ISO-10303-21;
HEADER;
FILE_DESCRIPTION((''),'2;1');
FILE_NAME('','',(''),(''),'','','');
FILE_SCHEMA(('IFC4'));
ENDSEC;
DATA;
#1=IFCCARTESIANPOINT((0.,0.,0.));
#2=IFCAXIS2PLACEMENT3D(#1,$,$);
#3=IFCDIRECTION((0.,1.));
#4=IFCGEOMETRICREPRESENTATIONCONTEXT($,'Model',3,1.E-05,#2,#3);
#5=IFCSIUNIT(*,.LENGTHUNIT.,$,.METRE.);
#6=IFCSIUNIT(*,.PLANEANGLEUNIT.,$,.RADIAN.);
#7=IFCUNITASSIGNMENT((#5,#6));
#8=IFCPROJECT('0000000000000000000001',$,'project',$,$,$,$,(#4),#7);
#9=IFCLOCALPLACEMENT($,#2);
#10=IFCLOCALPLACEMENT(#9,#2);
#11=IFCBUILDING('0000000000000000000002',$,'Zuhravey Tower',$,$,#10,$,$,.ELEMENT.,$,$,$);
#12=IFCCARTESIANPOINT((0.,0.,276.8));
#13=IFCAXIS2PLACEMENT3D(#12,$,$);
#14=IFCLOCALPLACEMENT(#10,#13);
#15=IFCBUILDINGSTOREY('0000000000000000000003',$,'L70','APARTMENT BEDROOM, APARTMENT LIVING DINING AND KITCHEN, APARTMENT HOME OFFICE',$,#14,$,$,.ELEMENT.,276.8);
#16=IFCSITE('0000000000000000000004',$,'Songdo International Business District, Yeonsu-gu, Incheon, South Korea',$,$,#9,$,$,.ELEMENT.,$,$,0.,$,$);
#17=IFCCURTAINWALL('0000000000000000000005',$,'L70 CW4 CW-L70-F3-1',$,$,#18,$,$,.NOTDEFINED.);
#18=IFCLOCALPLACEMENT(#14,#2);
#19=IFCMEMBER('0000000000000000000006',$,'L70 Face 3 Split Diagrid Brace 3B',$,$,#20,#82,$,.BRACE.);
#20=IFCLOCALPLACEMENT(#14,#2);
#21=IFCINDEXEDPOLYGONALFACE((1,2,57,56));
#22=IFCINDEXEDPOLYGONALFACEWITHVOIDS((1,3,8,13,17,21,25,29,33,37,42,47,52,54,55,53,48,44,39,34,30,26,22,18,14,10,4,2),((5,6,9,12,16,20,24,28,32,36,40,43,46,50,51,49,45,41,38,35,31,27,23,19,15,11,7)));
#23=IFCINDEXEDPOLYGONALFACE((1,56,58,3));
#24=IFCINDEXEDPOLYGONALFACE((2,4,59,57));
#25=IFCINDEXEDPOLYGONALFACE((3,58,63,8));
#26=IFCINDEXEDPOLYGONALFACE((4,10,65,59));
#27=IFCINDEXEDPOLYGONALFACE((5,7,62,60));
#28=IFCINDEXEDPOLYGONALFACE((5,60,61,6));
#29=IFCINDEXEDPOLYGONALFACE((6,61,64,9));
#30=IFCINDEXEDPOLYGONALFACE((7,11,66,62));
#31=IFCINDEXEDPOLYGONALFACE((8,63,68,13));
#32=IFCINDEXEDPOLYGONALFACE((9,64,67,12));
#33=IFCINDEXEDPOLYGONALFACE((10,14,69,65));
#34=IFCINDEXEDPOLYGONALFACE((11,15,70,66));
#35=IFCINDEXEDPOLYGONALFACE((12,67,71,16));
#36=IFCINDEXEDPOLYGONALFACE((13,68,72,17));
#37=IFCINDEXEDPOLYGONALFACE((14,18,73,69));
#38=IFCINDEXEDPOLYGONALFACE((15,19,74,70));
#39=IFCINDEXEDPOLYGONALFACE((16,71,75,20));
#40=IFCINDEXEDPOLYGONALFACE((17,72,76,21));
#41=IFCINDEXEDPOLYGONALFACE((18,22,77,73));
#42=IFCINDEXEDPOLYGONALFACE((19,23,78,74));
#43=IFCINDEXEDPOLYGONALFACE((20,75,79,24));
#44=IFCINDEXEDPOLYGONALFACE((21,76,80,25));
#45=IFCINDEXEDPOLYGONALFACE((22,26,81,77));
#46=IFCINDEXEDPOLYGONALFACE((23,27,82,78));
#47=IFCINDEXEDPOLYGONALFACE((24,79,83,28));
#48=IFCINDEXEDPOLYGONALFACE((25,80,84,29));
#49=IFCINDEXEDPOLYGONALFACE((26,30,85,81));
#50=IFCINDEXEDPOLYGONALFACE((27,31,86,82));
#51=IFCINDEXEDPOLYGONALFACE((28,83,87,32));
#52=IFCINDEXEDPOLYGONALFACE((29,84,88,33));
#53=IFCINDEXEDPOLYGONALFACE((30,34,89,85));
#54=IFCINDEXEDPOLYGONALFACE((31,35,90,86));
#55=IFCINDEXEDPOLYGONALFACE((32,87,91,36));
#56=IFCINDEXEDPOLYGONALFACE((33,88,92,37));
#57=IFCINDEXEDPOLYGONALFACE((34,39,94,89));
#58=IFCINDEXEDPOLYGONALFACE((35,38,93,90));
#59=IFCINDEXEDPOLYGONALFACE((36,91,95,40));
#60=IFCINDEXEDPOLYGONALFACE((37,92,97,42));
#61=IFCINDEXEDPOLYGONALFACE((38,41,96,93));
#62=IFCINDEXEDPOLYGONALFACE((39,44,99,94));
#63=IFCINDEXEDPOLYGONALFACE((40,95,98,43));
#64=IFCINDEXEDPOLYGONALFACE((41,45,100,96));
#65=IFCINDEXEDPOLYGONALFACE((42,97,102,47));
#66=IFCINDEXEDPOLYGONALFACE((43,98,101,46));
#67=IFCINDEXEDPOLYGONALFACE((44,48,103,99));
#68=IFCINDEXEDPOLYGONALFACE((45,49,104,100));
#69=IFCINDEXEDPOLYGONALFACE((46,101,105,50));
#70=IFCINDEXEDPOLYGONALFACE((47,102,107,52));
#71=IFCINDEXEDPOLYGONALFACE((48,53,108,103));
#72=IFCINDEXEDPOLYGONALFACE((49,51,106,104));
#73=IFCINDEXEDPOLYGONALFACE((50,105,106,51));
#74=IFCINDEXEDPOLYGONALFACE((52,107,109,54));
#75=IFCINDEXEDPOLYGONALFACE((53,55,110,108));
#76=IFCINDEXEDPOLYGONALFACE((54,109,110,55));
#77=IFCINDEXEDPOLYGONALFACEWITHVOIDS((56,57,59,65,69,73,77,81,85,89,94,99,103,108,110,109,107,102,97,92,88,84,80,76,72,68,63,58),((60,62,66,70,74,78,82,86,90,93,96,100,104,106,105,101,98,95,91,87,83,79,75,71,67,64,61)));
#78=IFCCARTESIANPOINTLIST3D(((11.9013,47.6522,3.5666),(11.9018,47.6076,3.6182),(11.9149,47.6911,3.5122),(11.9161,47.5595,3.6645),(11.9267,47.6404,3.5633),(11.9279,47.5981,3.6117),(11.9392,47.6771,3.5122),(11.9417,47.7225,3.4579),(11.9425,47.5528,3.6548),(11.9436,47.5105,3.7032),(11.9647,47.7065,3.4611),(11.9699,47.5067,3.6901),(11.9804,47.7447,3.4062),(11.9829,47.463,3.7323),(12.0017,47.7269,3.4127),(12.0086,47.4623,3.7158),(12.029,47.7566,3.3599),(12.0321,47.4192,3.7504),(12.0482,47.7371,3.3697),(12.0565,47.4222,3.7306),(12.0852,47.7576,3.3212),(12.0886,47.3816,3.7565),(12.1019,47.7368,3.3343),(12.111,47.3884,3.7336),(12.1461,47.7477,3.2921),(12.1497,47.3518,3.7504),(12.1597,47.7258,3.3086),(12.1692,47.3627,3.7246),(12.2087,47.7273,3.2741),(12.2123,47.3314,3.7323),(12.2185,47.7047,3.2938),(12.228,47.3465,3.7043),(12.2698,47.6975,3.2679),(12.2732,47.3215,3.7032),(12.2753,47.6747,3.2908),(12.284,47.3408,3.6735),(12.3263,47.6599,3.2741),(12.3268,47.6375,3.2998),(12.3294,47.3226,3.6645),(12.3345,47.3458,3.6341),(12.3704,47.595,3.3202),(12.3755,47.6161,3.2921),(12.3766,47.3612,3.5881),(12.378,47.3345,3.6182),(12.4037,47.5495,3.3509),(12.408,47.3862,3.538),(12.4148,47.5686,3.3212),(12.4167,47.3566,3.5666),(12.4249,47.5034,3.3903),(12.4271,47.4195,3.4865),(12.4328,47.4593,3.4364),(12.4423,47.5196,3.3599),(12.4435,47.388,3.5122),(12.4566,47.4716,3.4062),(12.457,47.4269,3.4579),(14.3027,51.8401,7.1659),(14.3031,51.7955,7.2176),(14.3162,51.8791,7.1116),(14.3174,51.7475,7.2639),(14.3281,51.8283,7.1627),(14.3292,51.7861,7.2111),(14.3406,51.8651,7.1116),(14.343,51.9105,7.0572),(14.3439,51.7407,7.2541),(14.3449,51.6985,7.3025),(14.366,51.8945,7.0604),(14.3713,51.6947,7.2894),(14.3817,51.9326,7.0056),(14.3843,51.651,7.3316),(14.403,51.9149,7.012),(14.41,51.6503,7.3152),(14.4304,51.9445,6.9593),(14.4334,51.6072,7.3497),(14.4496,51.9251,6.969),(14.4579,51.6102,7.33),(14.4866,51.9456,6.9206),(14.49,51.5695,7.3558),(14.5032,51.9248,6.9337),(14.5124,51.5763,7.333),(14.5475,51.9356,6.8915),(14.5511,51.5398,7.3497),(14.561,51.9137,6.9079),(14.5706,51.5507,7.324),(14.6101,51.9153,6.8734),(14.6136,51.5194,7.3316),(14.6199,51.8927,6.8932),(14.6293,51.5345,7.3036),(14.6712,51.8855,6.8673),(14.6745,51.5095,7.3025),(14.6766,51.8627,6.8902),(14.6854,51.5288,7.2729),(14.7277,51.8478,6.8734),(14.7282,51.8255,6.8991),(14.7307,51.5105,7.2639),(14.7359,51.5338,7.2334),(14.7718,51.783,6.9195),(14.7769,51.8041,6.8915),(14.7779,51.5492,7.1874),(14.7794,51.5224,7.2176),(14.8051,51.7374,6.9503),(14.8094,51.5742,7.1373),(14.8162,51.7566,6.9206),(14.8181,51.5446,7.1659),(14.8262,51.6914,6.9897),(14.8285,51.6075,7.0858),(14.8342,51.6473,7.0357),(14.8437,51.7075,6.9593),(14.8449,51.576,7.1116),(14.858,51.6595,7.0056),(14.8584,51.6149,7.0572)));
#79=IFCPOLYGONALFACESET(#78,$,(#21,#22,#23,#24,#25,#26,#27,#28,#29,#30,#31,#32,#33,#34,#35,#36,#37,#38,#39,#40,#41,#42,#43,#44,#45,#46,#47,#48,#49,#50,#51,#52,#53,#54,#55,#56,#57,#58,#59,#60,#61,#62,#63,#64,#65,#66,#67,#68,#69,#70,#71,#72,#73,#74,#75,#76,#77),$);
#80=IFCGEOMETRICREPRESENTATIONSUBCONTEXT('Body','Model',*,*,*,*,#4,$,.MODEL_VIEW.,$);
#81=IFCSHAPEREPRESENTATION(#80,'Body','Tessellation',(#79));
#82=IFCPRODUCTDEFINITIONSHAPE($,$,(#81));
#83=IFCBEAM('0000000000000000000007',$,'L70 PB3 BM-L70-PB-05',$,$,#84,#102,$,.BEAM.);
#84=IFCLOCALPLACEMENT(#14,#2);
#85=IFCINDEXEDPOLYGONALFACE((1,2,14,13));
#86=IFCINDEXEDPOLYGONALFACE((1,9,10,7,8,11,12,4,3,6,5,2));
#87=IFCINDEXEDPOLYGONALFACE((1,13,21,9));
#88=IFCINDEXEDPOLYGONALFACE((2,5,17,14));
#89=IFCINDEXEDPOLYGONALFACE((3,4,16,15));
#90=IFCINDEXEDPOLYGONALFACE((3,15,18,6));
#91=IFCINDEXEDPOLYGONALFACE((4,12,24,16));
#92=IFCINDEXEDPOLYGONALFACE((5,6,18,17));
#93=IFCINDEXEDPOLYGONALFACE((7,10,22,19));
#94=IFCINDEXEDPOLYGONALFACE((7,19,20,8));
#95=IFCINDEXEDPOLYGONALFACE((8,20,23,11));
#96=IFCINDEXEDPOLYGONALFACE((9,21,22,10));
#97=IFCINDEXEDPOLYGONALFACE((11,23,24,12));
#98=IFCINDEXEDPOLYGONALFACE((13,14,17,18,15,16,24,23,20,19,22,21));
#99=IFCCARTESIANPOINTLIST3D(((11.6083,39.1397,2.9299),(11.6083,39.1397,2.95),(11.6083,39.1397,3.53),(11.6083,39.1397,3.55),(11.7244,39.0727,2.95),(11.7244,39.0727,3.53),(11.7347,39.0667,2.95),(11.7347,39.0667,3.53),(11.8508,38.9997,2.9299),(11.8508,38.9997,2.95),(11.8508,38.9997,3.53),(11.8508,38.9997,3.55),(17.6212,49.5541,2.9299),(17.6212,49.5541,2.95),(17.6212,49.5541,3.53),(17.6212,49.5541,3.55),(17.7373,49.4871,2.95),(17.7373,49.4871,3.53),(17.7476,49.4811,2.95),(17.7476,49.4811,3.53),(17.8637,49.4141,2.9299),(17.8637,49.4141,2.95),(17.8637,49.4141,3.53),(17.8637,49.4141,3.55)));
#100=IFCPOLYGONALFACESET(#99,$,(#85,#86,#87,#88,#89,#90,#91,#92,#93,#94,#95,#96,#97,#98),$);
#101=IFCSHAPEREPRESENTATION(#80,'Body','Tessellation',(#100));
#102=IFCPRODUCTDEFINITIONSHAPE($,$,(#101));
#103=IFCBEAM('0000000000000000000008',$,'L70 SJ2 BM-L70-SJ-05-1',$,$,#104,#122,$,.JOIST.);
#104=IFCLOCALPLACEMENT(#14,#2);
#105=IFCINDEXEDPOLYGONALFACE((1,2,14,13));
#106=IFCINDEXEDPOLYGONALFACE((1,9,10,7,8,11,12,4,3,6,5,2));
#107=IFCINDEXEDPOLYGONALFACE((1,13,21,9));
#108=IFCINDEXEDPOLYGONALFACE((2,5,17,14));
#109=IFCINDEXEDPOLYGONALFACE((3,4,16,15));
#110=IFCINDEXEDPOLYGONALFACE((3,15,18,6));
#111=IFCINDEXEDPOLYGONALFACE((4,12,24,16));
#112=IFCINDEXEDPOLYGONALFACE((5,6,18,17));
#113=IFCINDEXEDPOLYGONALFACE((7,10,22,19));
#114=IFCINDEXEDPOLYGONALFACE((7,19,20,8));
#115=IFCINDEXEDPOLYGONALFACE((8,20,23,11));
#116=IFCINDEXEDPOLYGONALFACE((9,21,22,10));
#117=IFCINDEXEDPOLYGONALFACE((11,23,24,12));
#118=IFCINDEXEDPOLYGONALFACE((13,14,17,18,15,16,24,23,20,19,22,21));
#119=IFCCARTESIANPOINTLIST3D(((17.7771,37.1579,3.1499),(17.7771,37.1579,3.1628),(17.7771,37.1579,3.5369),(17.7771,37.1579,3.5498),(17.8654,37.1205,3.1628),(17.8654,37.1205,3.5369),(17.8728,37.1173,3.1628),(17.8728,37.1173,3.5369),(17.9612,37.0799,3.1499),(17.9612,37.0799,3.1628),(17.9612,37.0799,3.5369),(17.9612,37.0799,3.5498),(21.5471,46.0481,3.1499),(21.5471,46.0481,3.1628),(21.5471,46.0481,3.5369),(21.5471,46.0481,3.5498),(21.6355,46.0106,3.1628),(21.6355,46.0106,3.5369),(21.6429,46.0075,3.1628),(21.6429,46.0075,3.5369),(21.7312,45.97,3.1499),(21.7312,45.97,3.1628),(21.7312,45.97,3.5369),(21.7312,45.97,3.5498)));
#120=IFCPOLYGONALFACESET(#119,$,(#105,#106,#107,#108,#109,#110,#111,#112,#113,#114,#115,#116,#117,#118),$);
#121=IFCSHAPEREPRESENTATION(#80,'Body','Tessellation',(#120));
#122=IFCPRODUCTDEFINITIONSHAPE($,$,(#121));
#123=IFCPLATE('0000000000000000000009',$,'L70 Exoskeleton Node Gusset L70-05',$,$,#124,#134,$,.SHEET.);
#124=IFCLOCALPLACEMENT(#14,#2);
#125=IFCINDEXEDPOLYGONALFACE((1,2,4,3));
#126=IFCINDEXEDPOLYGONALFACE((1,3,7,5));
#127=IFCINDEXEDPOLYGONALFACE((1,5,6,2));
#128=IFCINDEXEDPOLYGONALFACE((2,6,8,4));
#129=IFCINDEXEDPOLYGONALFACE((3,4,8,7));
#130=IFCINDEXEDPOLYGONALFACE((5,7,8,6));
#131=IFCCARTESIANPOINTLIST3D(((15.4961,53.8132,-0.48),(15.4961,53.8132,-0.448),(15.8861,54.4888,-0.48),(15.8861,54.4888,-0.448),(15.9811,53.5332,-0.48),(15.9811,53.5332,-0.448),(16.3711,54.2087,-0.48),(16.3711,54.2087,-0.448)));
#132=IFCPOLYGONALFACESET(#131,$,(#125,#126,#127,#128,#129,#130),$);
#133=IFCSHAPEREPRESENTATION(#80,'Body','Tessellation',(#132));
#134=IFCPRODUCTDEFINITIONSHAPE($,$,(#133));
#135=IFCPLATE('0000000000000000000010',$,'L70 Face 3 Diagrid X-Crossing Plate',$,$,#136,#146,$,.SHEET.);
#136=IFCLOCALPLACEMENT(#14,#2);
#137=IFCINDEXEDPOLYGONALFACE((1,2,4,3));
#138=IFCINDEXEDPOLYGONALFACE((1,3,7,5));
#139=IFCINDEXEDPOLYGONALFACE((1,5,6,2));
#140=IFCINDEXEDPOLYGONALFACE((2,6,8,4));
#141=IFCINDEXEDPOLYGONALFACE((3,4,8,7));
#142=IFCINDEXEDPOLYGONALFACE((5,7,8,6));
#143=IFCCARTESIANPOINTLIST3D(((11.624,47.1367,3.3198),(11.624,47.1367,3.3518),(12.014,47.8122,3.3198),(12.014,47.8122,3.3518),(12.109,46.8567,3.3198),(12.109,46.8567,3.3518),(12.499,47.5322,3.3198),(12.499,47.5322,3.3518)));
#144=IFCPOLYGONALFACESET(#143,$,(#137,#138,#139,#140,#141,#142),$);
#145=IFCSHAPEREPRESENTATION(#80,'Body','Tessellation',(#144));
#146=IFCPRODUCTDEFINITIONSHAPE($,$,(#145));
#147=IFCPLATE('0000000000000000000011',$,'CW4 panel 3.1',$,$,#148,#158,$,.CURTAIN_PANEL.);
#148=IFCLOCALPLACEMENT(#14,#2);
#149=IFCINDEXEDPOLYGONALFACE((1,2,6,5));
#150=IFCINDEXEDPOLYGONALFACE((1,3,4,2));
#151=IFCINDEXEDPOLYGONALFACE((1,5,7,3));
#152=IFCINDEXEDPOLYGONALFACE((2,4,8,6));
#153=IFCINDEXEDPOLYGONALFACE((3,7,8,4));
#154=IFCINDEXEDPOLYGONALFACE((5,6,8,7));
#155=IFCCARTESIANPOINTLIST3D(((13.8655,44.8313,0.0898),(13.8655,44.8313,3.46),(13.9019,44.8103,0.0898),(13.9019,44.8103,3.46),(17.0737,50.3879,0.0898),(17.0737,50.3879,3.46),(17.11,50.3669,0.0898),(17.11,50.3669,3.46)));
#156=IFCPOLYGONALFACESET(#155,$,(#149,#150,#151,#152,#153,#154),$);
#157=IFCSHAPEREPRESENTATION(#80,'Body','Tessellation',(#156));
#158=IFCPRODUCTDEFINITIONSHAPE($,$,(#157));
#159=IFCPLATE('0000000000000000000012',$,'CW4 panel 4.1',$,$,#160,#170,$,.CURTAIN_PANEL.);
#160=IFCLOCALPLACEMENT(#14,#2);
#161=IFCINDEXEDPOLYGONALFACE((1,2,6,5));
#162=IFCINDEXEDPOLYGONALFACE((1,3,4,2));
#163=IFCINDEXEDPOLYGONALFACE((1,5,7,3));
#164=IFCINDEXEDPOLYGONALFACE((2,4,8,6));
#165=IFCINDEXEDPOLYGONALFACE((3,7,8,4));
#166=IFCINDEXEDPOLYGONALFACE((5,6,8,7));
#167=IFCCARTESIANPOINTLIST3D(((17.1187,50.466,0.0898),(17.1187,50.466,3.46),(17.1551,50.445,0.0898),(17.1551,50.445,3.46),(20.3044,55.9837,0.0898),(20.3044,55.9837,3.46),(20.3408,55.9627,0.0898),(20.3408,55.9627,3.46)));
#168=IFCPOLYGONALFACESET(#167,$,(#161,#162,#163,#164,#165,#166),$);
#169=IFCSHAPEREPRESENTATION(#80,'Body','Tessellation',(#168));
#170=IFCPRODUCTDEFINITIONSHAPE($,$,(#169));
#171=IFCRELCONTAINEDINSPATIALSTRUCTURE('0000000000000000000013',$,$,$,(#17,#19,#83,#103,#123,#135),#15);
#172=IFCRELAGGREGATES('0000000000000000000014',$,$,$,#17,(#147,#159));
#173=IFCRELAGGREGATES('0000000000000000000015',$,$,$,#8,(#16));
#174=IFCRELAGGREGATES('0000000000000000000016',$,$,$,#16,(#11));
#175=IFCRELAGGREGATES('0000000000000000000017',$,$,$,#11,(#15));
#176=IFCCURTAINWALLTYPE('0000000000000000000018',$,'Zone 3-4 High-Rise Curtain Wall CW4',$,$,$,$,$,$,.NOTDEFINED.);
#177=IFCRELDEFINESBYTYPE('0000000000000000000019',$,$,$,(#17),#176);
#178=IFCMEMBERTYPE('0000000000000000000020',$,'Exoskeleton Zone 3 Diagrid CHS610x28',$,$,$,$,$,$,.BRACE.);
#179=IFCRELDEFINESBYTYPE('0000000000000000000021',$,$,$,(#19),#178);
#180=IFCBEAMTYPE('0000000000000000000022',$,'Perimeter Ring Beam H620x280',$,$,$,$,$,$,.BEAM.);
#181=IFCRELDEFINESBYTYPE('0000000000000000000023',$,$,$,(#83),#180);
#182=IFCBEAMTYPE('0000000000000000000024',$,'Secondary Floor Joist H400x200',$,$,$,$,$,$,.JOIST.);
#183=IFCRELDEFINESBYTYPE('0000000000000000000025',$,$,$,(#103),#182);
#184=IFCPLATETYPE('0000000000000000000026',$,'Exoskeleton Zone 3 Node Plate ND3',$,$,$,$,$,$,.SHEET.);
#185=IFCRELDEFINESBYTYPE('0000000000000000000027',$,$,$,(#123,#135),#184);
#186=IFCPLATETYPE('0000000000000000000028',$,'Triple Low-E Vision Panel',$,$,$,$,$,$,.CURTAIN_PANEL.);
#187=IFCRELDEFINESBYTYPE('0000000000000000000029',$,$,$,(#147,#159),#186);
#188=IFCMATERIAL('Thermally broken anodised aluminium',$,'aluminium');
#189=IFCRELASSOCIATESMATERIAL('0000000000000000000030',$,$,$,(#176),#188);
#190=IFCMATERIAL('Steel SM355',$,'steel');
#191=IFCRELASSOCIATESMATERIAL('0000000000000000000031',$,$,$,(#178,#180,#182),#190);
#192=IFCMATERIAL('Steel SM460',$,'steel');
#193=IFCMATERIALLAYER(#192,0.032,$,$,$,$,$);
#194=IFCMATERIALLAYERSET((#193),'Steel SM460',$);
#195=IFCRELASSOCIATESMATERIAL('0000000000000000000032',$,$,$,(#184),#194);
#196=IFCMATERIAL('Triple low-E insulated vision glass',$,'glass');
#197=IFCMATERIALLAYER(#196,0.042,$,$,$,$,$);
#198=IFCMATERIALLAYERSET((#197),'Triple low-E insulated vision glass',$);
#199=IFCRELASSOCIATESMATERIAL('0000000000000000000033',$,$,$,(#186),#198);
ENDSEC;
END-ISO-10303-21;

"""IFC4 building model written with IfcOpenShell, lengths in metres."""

from ifc_helpers import new_model, si_unit, direction, frame, origin, origin_2d, place, context, subcontext, project, spatial, rectangle, hollow_circle, i_section, extrude, material, layer, layer_set, material_profile, profile_set, type_object, element, aggregate, save


model = new_model("IFC4")

# Units and contexts
model_context = context("Model", 3, precision=1e-05, world=origin(), true_north=direction((0.0, 1.0)))
body_context = subcontext(model_context, "Body", "Model", "MODEL_VIEW")
ifc_project = project(units=[si_unit("LENGTHUNIT", "METRE"), si_unit("PLANEANGLEUNIT", "RADIAN")], contexts=[model_context])

# Site, building, storey
site_placement = place(None, origin())
site = spatial("IfcSite", under=ifc_project, at=site_placement, Name="Songdo International Business District, Yeonsu-gu, Incheon, South Korea", CompositionType="ELEMENT", RefElevation=0.0)
building_placement = place(site_placement, origin())
building = spatial("IfcBuilding", under=site, at=building_placement, Name="Zuhravey Tower", CompositionType="ELEMENT")
storey_placement = place(building_placement, frame((0.0, 0.0, 276.8)))
storey = spatial("IfcBuildingStorey", under=building, at=storey_placement, Name="L70", Description="APARTMENT BEDROOM, APARTMENT LIVING DINING AND KITCHEN, APARTMENT HOME OFFICE", CompositionType="ELEMENT", Elevation=276.8)

# Curtain wall
ifc_material_1 = material(Name="Thermally broken anodised aluminium", Category="aluminium")
curtain_wall_type = type_object("IfcCurtainWallType", Name="Zone 3-4 High-Rise Curtain Wall CW4", PredefinedType="NOTDEFINED", material=ifc_material_1)
curtain_wall_1_placement = place(storey_placement, origin())
curtain_wall_1 = element("IfcCurtainWall", 1, at=curtain_wall_1_placement, inside=storey, type_object=curtain_wall_type, Name="L70 CW4 CW-L70-F3-1", PredefinedType="NOTDEFINED")

# Member
ifc_material_2 = material(Name="Steel SM355", Category="steel")
ifc_material_profile_1 = material_profile(ifc_material_2, hollow_circle(Radius=0.3047, WallThickness=0.0281, at=origin_2d()), Name="CHS-609.6x28")
ifc_profile_set_1 = profile_set([ifc_material_profile_1], Name="Steel SM355")
member_type_1 = type_object("IfcMemberType", Name="Exoskeleton Zone 3 Diagrid CHS610x28", PredefinedType="BRACE", material=ifc_profile_set_1)
member_1_placement = place(storey_placement, frame((12.1792, 47.5396, 3.5122), z_axis=(0.398784, 0.695479, 0.597729), x_axis=(-0.867508, 0.497424, 0.0)))
element("IfcMember", 2, at=member_1_placement, inside=storey, type_object=member_type_1, Name="L70 Face 3 Split Diagrid Brace 3B", PredefinedType="BRACE", context=body_context, shape_type="SweptSolid", body=[
    extrude(hollow_circle(Radius=0.3047, WallThickness=0.0281, at=origin_2d()), origin(), (0.0, 0.0, 1.0), 6.0217),
])

# Beams
ifc_material_profile_2 = material_profile(ifc_material_2, i_section(OverallWidth=0.28, OverallDepth=0.6201, WebThickness=0.012, FlangeThickness=0.02, at=origin_2d()), Name="H-620x280x12x20")
ifc_profile_set_2 = profile_set([ifc_material_profile_2], Name="Steel SM355")
beam_type_1 = type_object("IfcBeamType", Name="Perimeter Ring Beam H620x280", PredefinedType="BEAM", material=ifc_profile_set_2)
beam_1_placement = place(storey_placement, frame((17.7424, 49.4841, 3.24), z_axis=(-0.500006, -0.866022, 0.0), x_axis=(0.866022, -0.500006, 0.0)))
element("IfcBeam", 3, at=beam_1_placement, inside=storey, type_object=beam_type_1, Name="L70 PB3 BM-L70-PB-05", PredefinedType="BEAM", context=body_context, shape_type="SweptSolid", body=[
    extrude(i_section(OverallWidth=0.28, OverallDepth=0.6201, WebThickness=0.012, FlangeThickness=0.02, at=origin_2d()), origin(), (0.0, 0.0, 1.0), 12.0256),
])
ifc_material_profile_3 = material_profile(ifc_material_2, i_section(OverallWidth=0.2, OverallDepth=0.3999, WebThickness=0.0081, FlangeThickness=0.0129, at=origin_2d()), Name="H-400x200x8x13")
ifc_profile_set_3 = profile_set([ifc_material_profile_3], Name="Steel SM355")
beam_type_2 = type_object("IfcBeamType", Name="Secondary Floor Joist H400x200", PredefinedType="JOIST", material=ifc_profile_set_3)
beam_2_placement = place(storey_placement, frame((21.6392, 46.009, 3.3499), z_axis=(-0.390413, -0.92064, 0.0), x_axis=(0.92064, -0.390413, 0.0)))
element("IfcBeam", 4, at=beam_2_placement, inside=storey, type_object=beam_type_2, Name="L70 SJ2 BM-L70-SJ-05-1", PredefinedType="JOIST", context=body_context, shape_type="SweptSolid", body=[
    extrude(i_section(OverallWidth=0.2, OverallDepth=0.3999, WebThickness=0.0081, FlangeThickness=0.0129, at=origin_2d()), origin(), (0.0, 0.0, 1.0), 9.6565),
])

# Plates
ifc_material_3 = material(Name="Steel SM460", Category="steel")
ifc_layer_1 = layer(ifc_material_3, 0.032)
ifc_layer_set_1 = layer_set([ifc_layer_1], Name="Steel SM460")
plate_type_1 = type_object("IfcPlateType", Name="Exoskeleton Zone 3 Node Plate ND3", PredefinedType="SHEET", material=ifc_layer_set_1)
for number, where, z_axis, x_axis, name in (
    (5, (15.9336, 54.011, -0.48), (0.0, 0.0, 1.0), (-0.5, -0.866025, 0.0), "L70 Exoskeleton Node Gusset L70-05"),
    (6, (12.0615, 47.3345, 3.3198), (0.0, 0.0, 1.0), (-0.5, -0.866025, 0.0), "L70 Face 3 Diagrid X-Crossing Plate"),
):
    element("IfcPlate", number, at=place(storey_placement, frame(where, z_axis=z_axis, x_axis=x_axis)), inside=storey, type_object=plate_type_1, Name=name, PredefinedType="SHEET", context=body_context, shape_type="SweptSolid", body=[
        extrude(rectangle(XDim=0.78, YDim=0.5601, at=origin_2d()), origin(), (0.0, 0.0, 1.0), 0.032),
    ])

# Plates
ifc_material_4 = material(Name="Triple low-E insulated vision glass", Category="glass")
ifc_layer_2 = layer(ifc_material_4, 0.042)
ifc_layer_set_2 = layer_set([ifc_layer_2], Name="Triple low-E insulated vision glass")
plate_type_2 = type_object("IfcPlateType", Name="Triple Low-E Vision Panel", PredefinedType="CURTAIN_PANEL", material=ifc_layer_set_2)
plate_1_placement = place(storey_placement, frame((15.4878, 47.5991, 0.0898), z_axis=(0.0, 0.0, 1.0), x_axis=(0.500001, 0.866025, 0.0)))
plate_1 = element("IfcPlate", 7, at=plate_1_placement, type_object=plate_type_2, Name="CW4 panel 3.1", PredefinedType="CURTAIN_PANEL", context=body_context, shape_type="SweptSolid", body=[
    extrude(rectangle(XDim=6.4163, YDim=0.042, at=origin_2d()), origin(), (0.0, 0.0, 1.0), 3.3701),
])
plate_2_placement = place(storey_placement, frame((18.7297, 53.2144, 0.0898), z_axis=(0.0, 0.0, 1.0), x_axis=(0.500001, 0.866025, 0.0)))
plate_2 = element("IfcPlate", 8, at=plate_2_placement, type_object=plate_type_2, Name="CW4 panel 4.1", PredefinedType="CURTAIN_PANEL", context=body_context, shape_type="SweptSolid", body=[
    extrude(rectangle(XDim=6.3713, YDim=0.042, at=origin_2d()), origin(), (0.0, 0.0, 1.0), 3.3701),
])
aggregate(curtain_wall_1, [plate_1, plate_2])

save(model, "model.ifc")
